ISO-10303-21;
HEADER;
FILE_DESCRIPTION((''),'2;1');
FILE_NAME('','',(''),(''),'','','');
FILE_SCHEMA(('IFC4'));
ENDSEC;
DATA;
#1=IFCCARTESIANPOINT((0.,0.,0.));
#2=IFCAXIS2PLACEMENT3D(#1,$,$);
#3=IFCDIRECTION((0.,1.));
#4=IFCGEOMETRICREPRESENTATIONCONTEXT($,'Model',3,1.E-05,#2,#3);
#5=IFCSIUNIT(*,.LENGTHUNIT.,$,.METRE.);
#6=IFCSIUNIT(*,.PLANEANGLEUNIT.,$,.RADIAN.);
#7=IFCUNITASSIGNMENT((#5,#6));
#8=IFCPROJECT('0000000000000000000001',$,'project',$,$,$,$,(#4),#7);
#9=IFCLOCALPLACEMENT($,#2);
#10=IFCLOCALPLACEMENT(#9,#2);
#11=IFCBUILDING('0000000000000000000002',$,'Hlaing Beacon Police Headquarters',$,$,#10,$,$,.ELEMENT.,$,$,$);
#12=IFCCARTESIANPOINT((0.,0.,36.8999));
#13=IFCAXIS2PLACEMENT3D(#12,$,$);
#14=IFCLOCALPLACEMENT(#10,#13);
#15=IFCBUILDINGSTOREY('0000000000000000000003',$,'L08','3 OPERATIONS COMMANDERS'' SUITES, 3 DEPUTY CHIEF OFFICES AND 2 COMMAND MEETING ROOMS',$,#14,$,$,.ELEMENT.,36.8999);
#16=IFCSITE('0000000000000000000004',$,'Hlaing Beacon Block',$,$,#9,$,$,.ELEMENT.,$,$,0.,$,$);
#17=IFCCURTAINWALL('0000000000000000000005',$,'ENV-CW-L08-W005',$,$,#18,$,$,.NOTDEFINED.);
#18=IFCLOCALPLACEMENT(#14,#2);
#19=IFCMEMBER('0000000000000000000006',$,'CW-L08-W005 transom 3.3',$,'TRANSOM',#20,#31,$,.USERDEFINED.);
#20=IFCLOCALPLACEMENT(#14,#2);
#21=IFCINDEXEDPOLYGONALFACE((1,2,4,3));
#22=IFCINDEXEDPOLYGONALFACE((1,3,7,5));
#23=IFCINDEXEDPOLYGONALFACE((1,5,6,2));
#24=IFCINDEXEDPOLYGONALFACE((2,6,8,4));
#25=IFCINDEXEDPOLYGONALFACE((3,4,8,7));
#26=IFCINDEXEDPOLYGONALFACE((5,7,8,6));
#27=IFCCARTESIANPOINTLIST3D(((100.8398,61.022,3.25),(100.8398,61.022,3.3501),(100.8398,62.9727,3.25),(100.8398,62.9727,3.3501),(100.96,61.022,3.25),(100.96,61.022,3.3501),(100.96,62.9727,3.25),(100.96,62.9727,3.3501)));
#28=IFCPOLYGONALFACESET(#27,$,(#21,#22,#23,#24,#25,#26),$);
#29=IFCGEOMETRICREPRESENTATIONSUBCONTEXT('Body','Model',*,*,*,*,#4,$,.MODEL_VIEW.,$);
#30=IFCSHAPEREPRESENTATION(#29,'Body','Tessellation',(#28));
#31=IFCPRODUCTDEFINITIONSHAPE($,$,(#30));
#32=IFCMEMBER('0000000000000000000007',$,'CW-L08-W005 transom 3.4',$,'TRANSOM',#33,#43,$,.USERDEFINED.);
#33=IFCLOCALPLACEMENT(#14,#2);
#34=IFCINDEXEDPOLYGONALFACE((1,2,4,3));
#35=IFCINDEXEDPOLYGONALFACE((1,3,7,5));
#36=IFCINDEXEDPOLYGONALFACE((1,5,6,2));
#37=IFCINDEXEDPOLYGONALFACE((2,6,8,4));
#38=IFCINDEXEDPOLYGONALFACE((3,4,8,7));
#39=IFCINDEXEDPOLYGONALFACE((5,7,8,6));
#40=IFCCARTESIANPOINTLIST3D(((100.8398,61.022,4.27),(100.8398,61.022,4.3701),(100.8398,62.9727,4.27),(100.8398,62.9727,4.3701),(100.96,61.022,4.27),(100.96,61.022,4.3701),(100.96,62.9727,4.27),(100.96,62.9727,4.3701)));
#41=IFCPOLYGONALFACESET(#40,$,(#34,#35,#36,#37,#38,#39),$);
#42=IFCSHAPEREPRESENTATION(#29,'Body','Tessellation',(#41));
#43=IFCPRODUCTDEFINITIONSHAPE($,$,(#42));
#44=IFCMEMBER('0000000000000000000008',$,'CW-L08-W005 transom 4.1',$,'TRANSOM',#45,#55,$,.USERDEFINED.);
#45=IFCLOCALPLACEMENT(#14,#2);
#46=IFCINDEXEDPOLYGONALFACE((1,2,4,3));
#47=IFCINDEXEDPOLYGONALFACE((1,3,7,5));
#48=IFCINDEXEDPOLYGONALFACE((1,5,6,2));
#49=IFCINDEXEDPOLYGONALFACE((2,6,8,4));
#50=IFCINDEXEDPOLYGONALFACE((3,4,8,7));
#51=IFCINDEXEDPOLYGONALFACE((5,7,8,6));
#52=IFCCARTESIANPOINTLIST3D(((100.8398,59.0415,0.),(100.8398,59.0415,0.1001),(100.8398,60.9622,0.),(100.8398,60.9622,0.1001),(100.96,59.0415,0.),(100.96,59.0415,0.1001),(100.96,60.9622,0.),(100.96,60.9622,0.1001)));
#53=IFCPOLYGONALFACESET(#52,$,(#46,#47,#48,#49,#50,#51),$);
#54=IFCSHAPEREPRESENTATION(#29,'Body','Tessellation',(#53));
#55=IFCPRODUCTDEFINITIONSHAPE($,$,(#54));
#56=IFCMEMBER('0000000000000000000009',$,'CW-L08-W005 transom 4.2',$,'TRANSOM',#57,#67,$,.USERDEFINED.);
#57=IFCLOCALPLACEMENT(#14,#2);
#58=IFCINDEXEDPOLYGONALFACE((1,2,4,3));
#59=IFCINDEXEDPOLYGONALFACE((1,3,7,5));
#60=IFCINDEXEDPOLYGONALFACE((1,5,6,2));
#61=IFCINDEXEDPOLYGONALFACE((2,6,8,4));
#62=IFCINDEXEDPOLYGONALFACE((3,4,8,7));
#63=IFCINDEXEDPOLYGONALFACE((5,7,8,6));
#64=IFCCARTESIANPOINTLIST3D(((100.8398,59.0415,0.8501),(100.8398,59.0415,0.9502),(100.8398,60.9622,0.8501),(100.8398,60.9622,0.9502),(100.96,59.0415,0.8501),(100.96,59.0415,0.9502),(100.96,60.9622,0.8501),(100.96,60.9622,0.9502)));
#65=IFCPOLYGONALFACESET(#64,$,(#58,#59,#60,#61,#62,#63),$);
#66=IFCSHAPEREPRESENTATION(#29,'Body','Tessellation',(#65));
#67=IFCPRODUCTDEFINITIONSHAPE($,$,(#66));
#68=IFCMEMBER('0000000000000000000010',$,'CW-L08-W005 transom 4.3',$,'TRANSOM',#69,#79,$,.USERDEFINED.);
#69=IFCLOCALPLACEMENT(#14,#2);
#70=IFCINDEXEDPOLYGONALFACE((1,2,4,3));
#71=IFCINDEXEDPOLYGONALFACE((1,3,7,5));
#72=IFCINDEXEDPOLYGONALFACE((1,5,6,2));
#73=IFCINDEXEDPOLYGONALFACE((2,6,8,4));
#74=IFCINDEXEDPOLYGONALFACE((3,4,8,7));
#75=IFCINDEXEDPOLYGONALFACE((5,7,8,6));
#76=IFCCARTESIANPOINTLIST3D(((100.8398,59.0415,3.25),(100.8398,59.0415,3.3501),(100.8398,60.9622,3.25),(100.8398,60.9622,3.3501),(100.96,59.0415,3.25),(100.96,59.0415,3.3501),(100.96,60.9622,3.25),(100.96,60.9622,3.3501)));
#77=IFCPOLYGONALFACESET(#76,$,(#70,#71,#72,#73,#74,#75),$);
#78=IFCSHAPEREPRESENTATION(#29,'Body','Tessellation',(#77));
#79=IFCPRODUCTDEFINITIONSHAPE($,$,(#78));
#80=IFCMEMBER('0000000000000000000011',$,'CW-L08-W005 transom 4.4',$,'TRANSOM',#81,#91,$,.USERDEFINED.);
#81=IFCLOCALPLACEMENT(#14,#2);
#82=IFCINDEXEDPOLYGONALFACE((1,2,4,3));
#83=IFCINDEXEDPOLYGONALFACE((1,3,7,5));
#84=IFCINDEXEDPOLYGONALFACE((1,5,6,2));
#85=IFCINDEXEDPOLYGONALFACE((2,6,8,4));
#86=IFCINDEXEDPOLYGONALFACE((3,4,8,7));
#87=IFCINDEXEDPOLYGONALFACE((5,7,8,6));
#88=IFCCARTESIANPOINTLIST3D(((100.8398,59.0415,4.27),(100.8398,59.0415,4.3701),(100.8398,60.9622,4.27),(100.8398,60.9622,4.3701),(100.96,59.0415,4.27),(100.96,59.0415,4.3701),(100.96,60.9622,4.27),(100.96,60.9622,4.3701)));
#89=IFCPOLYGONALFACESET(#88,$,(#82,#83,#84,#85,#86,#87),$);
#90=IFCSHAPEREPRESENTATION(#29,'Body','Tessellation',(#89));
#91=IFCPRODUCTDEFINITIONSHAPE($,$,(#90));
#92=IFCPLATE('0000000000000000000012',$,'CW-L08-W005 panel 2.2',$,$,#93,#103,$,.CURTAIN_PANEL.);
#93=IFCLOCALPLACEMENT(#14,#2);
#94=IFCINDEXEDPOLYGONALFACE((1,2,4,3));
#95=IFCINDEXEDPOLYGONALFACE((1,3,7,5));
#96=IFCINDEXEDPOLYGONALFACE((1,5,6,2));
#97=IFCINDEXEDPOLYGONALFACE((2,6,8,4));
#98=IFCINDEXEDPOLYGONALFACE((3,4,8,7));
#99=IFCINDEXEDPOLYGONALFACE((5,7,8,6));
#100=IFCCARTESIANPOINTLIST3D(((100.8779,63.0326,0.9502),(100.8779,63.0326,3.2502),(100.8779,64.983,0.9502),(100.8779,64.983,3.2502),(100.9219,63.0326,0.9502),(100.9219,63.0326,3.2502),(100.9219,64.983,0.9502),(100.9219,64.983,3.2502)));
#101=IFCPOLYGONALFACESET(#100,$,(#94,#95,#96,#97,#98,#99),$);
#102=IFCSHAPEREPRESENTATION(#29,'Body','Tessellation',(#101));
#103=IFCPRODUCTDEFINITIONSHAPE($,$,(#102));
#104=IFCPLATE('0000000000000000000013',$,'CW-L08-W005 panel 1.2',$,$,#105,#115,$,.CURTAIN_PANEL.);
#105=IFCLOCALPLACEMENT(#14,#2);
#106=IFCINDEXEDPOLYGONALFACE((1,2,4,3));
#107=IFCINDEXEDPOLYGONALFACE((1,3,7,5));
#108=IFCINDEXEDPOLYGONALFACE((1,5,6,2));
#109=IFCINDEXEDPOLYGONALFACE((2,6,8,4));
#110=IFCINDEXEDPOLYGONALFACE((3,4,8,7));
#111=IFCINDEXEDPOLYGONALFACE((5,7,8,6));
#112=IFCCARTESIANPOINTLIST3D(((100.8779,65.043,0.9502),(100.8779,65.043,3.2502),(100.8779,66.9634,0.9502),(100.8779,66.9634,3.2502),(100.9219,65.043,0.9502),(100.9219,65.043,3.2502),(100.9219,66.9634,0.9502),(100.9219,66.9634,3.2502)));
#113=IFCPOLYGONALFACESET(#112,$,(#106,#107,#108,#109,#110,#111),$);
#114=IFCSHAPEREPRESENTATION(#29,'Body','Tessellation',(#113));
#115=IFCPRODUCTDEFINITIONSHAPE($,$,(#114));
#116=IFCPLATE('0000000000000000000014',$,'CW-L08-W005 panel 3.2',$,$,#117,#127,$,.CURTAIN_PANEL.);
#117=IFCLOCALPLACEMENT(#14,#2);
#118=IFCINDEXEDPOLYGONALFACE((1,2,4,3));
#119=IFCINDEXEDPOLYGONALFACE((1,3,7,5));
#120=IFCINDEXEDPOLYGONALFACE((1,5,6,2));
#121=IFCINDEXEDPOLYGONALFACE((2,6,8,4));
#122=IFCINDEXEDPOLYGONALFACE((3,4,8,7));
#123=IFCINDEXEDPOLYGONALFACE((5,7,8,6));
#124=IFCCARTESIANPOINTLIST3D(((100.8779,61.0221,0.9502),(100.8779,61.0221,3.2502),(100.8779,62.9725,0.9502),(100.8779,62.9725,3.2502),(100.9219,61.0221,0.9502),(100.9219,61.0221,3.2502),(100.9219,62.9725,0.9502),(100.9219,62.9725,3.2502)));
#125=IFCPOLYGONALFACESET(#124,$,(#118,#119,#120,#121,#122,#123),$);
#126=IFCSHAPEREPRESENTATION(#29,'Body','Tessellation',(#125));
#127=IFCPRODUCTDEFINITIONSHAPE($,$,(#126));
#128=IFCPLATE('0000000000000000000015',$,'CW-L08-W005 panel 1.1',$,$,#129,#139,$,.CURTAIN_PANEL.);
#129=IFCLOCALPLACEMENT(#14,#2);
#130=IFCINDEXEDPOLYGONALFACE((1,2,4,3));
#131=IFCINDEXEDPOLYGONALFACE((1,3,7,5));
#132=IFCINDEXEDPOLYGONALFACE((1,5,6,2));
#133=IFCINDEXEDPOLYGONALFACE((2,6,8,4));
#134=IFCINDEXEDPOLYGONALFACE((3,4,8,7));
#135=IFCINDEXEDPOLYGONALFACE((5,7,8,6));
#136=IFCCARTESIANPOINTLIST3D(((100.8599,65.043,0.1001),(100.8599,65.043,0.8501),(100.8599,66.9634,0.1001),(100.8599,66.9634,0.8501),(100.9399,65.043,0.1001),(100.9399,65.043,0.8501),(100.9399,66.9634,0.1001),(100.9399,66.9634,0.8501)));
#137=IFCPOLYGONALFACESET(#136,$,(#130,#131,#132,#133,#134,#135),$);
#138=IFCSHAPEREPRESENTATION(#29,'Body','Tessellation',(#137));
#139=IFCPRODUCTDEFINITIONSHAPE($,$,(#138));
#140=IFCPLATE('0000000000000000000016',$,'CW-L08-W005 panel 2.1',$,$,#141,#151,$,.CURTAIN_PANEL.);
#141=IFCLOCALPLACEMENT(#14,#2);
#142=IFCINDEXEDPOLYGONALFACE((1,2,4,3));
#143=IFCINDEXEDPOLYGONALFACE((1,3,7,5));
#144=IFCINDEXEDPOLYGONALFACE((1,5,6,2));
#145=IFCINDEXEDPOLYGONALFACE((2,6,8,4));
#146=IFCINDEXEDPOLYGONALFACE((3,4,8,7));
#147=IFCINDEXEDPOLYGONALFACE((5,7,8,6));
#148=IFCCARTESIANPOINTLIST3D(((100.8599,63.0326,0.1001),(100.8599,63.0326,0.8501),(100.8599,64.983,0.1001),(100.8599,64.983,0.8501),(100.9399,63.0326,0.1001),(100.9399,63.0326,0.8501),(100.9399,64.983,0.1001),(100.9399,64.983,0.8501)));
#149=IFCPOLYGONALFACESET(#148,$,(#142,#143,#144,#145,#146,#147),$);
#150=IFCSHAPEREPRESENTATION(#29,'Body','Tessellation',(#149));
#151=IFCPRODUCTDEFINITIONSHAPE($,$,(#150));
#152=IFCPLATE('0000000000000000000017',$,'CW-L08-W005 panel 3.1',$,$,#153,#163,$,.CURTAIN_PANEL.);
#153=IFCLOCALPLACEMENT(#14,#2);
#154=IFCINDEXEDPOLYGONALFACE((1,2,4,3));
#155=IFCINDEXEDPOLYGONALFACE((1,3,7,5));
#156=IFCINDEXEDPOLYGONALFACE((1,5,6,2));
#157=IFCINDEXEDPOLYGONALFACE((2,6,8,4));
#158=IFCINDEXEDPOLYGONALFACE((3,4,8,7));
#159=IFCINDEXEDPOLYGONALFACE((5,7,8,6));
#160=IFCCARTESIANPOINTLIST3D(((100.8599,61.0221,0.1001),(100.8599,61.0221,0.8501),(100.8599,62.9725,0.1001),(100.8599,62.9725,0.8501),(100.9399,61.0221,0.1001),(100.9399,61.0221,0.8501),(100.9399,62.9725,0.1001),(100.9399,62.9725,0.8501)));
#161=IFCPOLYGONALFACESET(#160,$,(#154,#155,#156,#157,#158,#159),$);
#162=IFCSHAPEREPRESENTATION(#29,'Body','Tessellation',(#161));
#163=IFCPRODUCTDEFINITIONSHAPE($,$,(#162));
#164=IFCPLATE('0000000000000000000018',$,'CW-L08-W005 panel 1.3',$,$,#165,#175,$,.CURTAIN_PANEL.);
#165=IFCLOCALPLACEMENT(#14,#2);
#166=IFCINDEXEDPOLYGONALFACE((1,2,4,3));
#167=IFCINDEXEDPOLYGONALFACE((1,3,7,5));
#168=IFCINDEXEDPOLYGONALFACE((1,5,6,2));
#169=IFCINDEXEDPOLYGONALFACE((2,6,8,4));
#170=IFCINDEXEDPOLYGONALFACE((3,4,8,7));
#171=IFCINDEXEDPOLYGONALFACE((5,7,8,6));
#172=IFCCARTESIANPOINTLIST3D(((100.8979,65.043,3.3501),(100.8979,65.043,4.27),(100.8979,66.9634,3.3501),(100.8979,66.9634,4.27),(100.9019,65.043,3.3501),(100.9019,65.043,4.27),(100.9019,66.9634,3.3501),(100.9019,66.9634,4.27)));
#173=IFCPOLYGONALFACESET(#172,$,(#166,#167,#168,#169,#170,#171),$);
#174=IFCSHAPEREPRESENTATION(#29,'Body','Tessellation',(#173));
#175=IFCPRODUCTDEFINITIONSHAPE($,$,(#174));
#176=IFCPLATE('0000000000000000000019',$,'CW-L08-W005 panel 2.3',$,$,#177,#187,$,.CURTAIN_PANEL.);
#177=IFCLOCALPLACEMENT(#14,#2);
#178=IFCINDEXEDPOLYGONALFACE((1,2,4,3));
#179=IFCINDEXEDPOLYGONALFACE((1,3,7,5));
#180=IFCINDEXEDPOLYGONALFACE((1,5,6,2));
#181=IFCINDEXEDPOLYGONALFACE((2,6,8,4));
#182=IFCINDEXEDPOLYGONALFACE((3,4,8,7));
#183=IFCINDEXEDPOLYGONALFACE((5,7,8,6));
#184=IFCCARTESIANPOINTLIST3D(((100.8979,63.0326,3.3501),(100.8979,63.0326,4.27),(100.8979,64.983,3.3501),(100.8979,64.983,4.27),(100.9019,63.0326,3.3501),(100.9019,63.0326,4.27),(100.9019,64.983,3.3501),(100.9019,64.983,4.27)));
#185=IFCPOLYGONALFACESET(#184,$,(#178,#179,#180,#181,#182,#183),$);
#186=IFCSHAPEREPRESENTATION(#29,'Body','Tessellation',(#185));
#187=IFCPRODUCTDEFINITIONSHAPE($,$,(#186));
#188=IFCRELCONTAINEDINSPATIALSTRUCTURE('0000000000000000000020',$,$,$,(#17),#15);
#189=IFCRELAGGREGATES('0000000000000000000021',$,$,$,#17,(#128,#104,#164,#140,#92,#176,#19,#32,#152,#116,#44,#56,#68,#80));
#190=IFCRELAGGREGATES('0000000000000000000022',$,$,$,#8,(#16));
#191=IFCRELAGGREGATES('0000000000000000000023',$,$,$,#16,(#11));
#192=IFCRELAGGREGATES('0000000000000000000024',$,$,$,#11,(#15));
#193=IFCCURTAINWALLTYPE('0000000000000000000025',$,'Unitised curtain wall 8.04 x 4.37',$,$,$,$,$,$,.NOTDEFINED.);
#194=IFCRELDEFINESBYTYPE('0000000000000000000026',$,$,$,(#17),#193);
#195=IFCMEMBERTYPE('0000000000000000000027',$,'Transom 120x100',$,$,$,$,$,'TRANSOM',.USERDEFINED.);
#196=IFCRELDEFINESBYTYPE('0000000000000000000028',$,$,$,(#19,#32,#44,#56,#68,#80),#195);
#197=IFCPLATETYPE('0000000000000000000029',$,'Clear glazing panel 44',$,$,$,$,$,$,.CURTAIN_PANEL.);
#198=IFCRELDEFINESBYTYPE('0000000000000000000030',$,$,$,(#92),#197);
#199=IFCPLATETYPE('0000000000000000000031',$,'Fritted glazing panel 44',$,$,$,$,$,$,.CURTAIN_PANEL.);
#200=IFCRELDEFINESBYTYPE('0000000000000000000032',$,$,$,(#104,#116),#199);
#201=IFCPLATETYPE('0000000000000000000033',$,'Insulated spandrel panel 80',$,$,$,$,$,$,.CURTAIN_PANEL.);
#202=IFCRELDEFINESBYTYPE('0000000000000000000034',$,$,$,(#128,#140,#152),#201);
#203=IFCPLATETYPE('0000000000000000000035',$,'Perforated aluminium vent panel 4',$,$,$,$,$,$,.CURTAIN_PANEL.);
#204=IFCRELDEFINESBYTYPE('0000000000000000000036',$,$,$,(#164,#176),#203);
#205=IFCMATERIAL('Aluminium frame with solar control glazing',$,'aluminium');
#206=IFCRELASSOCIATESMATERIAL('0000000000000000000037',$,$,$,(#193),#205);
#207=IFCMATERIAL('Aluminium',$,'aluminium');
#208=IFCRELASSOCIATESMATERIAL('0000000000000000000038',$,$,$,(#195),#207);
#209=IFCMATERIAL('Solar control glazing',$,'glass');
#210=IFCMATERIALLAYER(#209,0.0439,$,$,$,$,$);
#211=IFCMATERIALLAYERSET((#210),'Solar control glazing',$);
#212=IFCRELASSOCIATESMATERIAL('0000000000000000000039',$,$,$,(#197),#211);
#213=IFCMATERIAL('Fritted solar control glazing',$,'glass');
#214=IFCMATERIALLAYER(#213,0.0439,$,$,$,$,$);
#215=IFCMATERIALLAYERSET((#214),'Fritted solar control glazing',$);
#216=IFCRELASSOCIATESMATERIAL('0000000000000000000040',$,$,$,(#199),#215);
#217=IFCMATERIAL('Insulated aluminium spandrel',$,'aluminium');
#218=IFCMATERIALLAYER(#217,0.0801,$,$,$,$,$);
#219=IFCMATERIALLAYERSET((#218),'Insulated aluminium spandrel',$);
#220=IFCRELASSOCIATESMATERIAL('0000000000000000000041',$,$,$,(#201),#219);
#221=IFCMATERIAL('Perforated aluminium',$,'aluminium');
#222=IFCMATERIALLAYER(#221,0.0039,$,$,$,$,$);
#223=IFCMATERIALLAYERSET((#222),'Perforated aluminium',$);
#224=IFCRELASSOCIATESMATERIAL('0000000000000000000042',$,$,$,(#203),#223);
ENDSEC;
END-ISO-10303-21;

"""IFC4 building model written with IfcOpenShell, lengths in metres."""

from ifc_helpers import new_model, si_unit, direction, frame, origin, origin_2d, place, context, subcontext, project, spatial, rectangle, extrude, material, layer, layer_set, material_profile, profile_set, type_object, element, aggregate, save


model = new_model("IFC4")

# Units and contexts
model_context = context("Model", 3, precision=1e-05, world=origin(), true_north=direction((0.0, 1.0)))
body_context = subcontext(model_context, "Body", "Model", "MODEL_VIEW")
ifc_project = project(units=[si_unit("LENGTHUNIT", "METRE"), si_unit("PLANEANGLEUNIT", "RADIAN")], contexts=[model_context])

# Site, building, storey
site_placement = place(None, origin())
site = spatial("IfcSite", under=ifc_project, at=site_placement, Name="Hlaing Beacon Block", CompositionType="ELEMENT", RefElevation=0.0)
building_placement = place(site_placement, origin())
building = spatial("IfcBuilding", under=site, at=building_placement, Name="Hlaing Beacon Police Headquarters", CompositionType="ELEMENT")
storey_placement = place(building_placement, frame((0.0, 0.0, 36.8999)))
storey = spatial("IfcBuildingStorey", under=building, at=storey_placement, Name="L08", Description="3 OPERATIONS COMMANDERS' SUITES, 3 DEPUTY CHIEF OFFICES AND 2 COMMAND MEETING ROOMS", CompositionType="ELEMENT", Elevation=36.8999)

# Curtain wall, members, plates
ifc_material_1 = material(Name="Aluminium frame with solar control glazing", Category="aluminium")
curtain_wall_type = type_object("IfcCurtainWallType", Name="Unitised curtain wall 8.04 x 4.37", PredefinedType="NOTDEFINED", material=ifc_material_1)
curtain_wall_placement = place(storey_placement, origin())
curtain_wall = element("IfcCurtainWall", 1, at=curtain_wall_placement, inside=storey, type_object=curtain_wall_type, Name="ENV-CW-L08-W005", PredefinedType="NOTDEFINED")
ifc_material_2 = material(Name="Aluminium", Category="aluminium")
ifc_material_profile_1 = material_profile(ifc_material_2, rectangle(XDim=0.1201, YDim=0.1001, at=origin_2d()), Name="Transom 120x100")
ifc_profile_set_1 = profile_set([ifc_material_profile_1], Name="Aluminium")
member_type_1 = type_object("IfcMemberType", Name="Transom 120x100", ElementType="TRANSOM", PredefinedType="USERDEFINED", material=ifc_profile_set_1)
member_1_placement = place(storey_placement, frame((100.8999, 62.9727, 3.3), z_axis=(0.0, -1.0, 0.0), x_axis=(1.0, 0.0, 0.0)))
member_1 = element("IfcMember", 2, at=member_1_placement, type_object=member_type_1, Name="CW-L08-W005 transom 3.3", ObjectType="TRANSOM", PredefinedType="USERDEFINED", context=body_context, shape_type="SweptSolid", body=[
    extrude(rectangle(XDim=0.1201, YDim=0.1001, at=origin_2d()), origin(), (0.0, 0.0, 1.0), 1.9507),
])
member_2_placement = place(storey_placement, frame((100.8999, 62.9727, 4.3201), z_axis=(0.0, -1.0, 0.0), x_axis=(1.0, 0.0, 0.0)))
member_2 = element("IfcMember", 3, at=member_2_placement, type_object=member_type_1, Name="CW-L08-W005 transom 3.4", ObjectType="TRANSOM", PredefinedType="USERDEFINED", context=body_context, shape_type="SweptSolid", body=[
    extrude(rectangle(XDim=0.1201, YDim=0.1001, at=origin_2d()), origin(), (0.0, 0.0, 1.0), 1.9507),
])
member_3_placement = place(storey_placement, frame((100.8999, 60.9622, 0.05), z_axis=(0.0, -1.0, 0.0), x_axis=(1.0, 0.0, 0.0)))
member_3 = element("IfcMember", 4, at=member_3_placement, type_object=member_type_1, Name="CW-L08-W005 transom 4.1", ObjectType="TRANSOM", PredefinedType="USERDEFINED", context=body_context, shape_type="SweptSolid", body=[
    extrude(rectangle(XDim=0.1201, YDim=0.1001, at=origin_2d()), origin(), (0.0, 0.0, 1.0), 1.9207),
])
member_4_placement = place(storey_placement, frame((100.8999, 60.9622, 0.9001), z_axis=(0.0, -1.0, 0.0), x_axis=(1.0, 0.0, 0.0)))
member_4 = element("IfcMember", 5, at=member_4_placement, type_object=member_type_1, Name="CW-L08-W005 transom 4.2", ObjectType="TRANSOM", PredefinedType="USERDEFINED", context=body_context, shape_type="SweptSolid", body=[
    extrude(rectangle(XDim=0.1201, YDim=0.1001, at=origin_2d()), origin(), (0.0, 0.0, 1.0), 1.9207),
])
member_5_placement = place(storey_placement, frame((100.8999, 60.9622, 3.3), z_axis=(0.0, -1.0, 0.0), x_axis=(1.0, 0.0, 0.0)))
member_5 = element("IfcMember", 6, at=member_5_placement, type_object=member_type_1, Name="CW-L08-W005 transom 4.3", ObjectType="TRANSOM", PredefinedType="USERDEFINED", context=body_context, shape_type="SweptSolid", body=[
    extrude(rectangle(XDim=0.1201, YDim=0.1001, at=origin_2d()), origin(), (0.0, 0.0, 1.0), 1.9207),
])
member_6_placement = place(storey_placement, frame((100.8999, 60.9622, 4.3201), z_axis=(0.0, -1.0, 0.0), x_axis=(1.0, 0.0, 0.0)))
member_6 = element("IfcMember", 7, at=member_6_placement, type_object=member_type_1, Name="CW-L08-W005 transom 4.4", ObjectType="TRANSOM", PredefinedType="USERDEFINED", context=body_context, shape_type="SweptSolid", body=[
    extrude(rectangle(XDim=0.1201, YDim=0.1001, at=origin_2d()), origin(), (0.0, 0.0, 1.0), 1.9207),
])
ifc_material_3 = material(Name="Solar control glazing", Category="glass")
ifc_layer_1 = layer(ifc_material_3, 0.0439)
ifc_layer_set_1 = layer_set([ifc_layer_1], Name="Solar control glazing")
plate_type_1 = type_object("IfcPlateType", Name="Clear glazing panel 44", PredefinedType="CURTAIN_PANEL", material=ifc_layer_set_1)
plate_1_placement = place(storey_placement, frame((100.8999, 64.0078, 0.9502), z_axis=(0.0, 0.0, 1.0), x_axis=(0.0, -1.0, 0.0)))
plate_1 = element("IfcPlate", 8, at=plate_1_placement, type_object=plate_type_1, Name="CW-L08-W005 panel 2.2", PredefinedType="CURTAIN_PANEL", context=body_context, shape_type="SweptSolid", body=[
    extrude(rectangle(XDim=1.9504, YDim=0.0439, at=origin_2d()), origin(), (0.0, 0.0, 1.0), 2.3),
])
ifc_material_4 = material(Name="Fritted solar control glazing", Category="glass")
ifc_layer_2 = layer(ifc_material_4, 0.0439)
ifc_layer_set_2 = layer_set([ifc_layer_2], Name="Fritted solar control glazing")
plate_type_2 = type_object("IfcPlateType", Name="Fritted glazing panel 44", PredefinedType="CURTAIN_PANEL", material=ifc_layer_set_2)
plate_2_placement = place(storey_placement, frame((100.8999, 66.0032, 0.9502), z_axis=(0.0, 0.0, 1.0), x_axis=(0.0, -1.0, 0.0)))
plate_2 = element("IfcPlate", 9, at=plate_2_placement, type_object=plate_type_2, Name="CW-L08-W005 panel 1.2", PredefinedType="CURTAIN_PANEL", context=body_context, shape_type="SweptSolid", body=[
    extrude(rectangle(XDim=1.9204, YDim=0.0439, at=origin_2d()), origin(), (0.0, 0.0, 1.0), 2.3),
])
plate_3_placement = place(storey_placement, frame((100.8999, 61.9973, 0.9502), z_axis=(0.0, 0.0, 1.0), x_axis=(0.0, -1.0, 0.0)))
plate_3 = element("IfcPlate", 10, at=plate_3_placement, type_object=plate_type_2, Name="CW-L08-W005 panel 3.2", PredefinedType="CURTAIN_PANEL", context=body_context, shape_type="SweptSolid", body=[
    extrude(rectangle(XDim=1.9504, YDim=0.0439, at=origin_2d()), origin(), (0.0, 0.0, 1.0), 2.3),
])
ifc_material_5 = material(Name="Insulated aluminium spandrel", Category="aluminium")
ifc_layer_3 = layer(ifc_material_5, 0.0801)
ifc_layer_set_3 = layer_set([ifc_layer_3], Name="Insulated aluminium spandrel")
plate_type_3 = type_object("IfcPlateType", Name="Insulated spandrel panel 80", PredefinedType="CURTAIN_PANEL", material=ifc_layer_set_3)
plate_4_placement = place(storey_placement, frame((100.8999, 66.0032, 0.1001), z_axis=(0.0, 0.0, 1.0), x_axis=(0.0, -1.0, 0.0)))
plate_4 = element("IfcPlate", 11, at=plate_4_placement, type_object=plate_type_3, Name="CW-L08-W005 panel 1.1", PredefinedType="CURTAIN_PANEL", context=body_context, shape_type="SweptSolid", body=[
    extrude(rectangle(XDim=1.9204, YDim=0.0801, at=origin_2d()), origin(), (0.0, 0.0, 1.0), 0.75),
])
plate_5_placement = place(storey_placement, frame((100.8999, 64.0078, 0.1001), z_axis=(0.0, 0.0, 1.0), x_axis=(0.0, -1.0, 0.0)))
plate_5 = element("IfcPlate", 12, at=plate_5_placement, type_object=plate_type_3, Name="CW-L08-W005 panel 2.1", PredefinedType="CURTAIN_PANEL", context=body_context, shape_type="SweptSolid", body=[
    extrude(rectangle(XDim=1.9504, YDim=0.0801, at=origin_2d()), origin(), (0.0, 0.0, 1.0), 0.75),
])
plate_6_placement = place(storey_placement, frame((100.8999, 61.9973, 0.1001), z_axis=(0.0, 0.0, 1.0), x_axis=(0.0, -1.0, 0.0)))
plate_6 = element("IfcPlate", 13, at=plate_6_placement, type_object=plate_type_3, Name="CW-L08-W005 panel 3.1", PredefinedType="CURTAIN_PANEL", context=body_context, shape_type="SweptSolid", body=[
    extrude(rectangle(XDim=1.9504, YDim=0.0801, at=origin_2d()), origin(), (0.0, 0.0, 1.0), 0.75),
])
ifc_material_6 = material(Name="Perforated aluminium", Category="aluminium")
ifc_layer_4 = layer(ifc_material_6, 0.0039)
ifc_layer_set_4 = layer_set([ifc_layer_4], Name="Perforated aluminium")
plate_type_4 = type_object("IfcPlateType", Name="Perforated aluminium vent panel 4", PredefinedType="CURTAIN_PANEL", material=ifc_layer_set_4)
plate_7_placement = place(storey_placement, frame((100.8999, 66.0032, 3.3501), z_axis=(0.0, 0.0, 1.0), x_axis=(0.0, -1.0, 0.0)))
plate_7 = element("IfcPlate", 14, at=plate_7_placement, type_object=plate_type_4, Name="CW-L08-W005 panel 1.3", PredefinedType="CURTAIN_PANEL", context=body_context, shape_type="SweptSolid", body=[
    extrude(rectangle(XDim=1.9204, YDim=0.0039, at=origin_2d()), origin(), (0.0, 0.0, 1.0), 0.9199),
])
plate_8_placement = place(storey_placement, frame((100.8999, 64.0078, 3.3501), z_axis=(0.0, 0.0, 1.0), x_axis=(0.0, -1.0, 0.0)))
plate_8 = element("IfcPlate", 15, at=plate_8_placement, type_object=plate_type_4, Name="CW-L08-W005 panel 2.3", PredefinedType="CURTAIN_PANEL", context=body_context, shape_type="SweptSolid", body=[
    extrude(rectangle(XDim=1.9504, YDim=0.0039, at=origin_2d()), origin(), (0.0, 0.0, 1.0), 0.9199),
])
aggregate(curtain_wall, [plate_4, plate_2, plate_7, plate_5, plate_1, plate_8, member_1, member_2, plate_6, plate_3, member_3, member_4, member_5, member_6])

save(model, "model.ifc")
